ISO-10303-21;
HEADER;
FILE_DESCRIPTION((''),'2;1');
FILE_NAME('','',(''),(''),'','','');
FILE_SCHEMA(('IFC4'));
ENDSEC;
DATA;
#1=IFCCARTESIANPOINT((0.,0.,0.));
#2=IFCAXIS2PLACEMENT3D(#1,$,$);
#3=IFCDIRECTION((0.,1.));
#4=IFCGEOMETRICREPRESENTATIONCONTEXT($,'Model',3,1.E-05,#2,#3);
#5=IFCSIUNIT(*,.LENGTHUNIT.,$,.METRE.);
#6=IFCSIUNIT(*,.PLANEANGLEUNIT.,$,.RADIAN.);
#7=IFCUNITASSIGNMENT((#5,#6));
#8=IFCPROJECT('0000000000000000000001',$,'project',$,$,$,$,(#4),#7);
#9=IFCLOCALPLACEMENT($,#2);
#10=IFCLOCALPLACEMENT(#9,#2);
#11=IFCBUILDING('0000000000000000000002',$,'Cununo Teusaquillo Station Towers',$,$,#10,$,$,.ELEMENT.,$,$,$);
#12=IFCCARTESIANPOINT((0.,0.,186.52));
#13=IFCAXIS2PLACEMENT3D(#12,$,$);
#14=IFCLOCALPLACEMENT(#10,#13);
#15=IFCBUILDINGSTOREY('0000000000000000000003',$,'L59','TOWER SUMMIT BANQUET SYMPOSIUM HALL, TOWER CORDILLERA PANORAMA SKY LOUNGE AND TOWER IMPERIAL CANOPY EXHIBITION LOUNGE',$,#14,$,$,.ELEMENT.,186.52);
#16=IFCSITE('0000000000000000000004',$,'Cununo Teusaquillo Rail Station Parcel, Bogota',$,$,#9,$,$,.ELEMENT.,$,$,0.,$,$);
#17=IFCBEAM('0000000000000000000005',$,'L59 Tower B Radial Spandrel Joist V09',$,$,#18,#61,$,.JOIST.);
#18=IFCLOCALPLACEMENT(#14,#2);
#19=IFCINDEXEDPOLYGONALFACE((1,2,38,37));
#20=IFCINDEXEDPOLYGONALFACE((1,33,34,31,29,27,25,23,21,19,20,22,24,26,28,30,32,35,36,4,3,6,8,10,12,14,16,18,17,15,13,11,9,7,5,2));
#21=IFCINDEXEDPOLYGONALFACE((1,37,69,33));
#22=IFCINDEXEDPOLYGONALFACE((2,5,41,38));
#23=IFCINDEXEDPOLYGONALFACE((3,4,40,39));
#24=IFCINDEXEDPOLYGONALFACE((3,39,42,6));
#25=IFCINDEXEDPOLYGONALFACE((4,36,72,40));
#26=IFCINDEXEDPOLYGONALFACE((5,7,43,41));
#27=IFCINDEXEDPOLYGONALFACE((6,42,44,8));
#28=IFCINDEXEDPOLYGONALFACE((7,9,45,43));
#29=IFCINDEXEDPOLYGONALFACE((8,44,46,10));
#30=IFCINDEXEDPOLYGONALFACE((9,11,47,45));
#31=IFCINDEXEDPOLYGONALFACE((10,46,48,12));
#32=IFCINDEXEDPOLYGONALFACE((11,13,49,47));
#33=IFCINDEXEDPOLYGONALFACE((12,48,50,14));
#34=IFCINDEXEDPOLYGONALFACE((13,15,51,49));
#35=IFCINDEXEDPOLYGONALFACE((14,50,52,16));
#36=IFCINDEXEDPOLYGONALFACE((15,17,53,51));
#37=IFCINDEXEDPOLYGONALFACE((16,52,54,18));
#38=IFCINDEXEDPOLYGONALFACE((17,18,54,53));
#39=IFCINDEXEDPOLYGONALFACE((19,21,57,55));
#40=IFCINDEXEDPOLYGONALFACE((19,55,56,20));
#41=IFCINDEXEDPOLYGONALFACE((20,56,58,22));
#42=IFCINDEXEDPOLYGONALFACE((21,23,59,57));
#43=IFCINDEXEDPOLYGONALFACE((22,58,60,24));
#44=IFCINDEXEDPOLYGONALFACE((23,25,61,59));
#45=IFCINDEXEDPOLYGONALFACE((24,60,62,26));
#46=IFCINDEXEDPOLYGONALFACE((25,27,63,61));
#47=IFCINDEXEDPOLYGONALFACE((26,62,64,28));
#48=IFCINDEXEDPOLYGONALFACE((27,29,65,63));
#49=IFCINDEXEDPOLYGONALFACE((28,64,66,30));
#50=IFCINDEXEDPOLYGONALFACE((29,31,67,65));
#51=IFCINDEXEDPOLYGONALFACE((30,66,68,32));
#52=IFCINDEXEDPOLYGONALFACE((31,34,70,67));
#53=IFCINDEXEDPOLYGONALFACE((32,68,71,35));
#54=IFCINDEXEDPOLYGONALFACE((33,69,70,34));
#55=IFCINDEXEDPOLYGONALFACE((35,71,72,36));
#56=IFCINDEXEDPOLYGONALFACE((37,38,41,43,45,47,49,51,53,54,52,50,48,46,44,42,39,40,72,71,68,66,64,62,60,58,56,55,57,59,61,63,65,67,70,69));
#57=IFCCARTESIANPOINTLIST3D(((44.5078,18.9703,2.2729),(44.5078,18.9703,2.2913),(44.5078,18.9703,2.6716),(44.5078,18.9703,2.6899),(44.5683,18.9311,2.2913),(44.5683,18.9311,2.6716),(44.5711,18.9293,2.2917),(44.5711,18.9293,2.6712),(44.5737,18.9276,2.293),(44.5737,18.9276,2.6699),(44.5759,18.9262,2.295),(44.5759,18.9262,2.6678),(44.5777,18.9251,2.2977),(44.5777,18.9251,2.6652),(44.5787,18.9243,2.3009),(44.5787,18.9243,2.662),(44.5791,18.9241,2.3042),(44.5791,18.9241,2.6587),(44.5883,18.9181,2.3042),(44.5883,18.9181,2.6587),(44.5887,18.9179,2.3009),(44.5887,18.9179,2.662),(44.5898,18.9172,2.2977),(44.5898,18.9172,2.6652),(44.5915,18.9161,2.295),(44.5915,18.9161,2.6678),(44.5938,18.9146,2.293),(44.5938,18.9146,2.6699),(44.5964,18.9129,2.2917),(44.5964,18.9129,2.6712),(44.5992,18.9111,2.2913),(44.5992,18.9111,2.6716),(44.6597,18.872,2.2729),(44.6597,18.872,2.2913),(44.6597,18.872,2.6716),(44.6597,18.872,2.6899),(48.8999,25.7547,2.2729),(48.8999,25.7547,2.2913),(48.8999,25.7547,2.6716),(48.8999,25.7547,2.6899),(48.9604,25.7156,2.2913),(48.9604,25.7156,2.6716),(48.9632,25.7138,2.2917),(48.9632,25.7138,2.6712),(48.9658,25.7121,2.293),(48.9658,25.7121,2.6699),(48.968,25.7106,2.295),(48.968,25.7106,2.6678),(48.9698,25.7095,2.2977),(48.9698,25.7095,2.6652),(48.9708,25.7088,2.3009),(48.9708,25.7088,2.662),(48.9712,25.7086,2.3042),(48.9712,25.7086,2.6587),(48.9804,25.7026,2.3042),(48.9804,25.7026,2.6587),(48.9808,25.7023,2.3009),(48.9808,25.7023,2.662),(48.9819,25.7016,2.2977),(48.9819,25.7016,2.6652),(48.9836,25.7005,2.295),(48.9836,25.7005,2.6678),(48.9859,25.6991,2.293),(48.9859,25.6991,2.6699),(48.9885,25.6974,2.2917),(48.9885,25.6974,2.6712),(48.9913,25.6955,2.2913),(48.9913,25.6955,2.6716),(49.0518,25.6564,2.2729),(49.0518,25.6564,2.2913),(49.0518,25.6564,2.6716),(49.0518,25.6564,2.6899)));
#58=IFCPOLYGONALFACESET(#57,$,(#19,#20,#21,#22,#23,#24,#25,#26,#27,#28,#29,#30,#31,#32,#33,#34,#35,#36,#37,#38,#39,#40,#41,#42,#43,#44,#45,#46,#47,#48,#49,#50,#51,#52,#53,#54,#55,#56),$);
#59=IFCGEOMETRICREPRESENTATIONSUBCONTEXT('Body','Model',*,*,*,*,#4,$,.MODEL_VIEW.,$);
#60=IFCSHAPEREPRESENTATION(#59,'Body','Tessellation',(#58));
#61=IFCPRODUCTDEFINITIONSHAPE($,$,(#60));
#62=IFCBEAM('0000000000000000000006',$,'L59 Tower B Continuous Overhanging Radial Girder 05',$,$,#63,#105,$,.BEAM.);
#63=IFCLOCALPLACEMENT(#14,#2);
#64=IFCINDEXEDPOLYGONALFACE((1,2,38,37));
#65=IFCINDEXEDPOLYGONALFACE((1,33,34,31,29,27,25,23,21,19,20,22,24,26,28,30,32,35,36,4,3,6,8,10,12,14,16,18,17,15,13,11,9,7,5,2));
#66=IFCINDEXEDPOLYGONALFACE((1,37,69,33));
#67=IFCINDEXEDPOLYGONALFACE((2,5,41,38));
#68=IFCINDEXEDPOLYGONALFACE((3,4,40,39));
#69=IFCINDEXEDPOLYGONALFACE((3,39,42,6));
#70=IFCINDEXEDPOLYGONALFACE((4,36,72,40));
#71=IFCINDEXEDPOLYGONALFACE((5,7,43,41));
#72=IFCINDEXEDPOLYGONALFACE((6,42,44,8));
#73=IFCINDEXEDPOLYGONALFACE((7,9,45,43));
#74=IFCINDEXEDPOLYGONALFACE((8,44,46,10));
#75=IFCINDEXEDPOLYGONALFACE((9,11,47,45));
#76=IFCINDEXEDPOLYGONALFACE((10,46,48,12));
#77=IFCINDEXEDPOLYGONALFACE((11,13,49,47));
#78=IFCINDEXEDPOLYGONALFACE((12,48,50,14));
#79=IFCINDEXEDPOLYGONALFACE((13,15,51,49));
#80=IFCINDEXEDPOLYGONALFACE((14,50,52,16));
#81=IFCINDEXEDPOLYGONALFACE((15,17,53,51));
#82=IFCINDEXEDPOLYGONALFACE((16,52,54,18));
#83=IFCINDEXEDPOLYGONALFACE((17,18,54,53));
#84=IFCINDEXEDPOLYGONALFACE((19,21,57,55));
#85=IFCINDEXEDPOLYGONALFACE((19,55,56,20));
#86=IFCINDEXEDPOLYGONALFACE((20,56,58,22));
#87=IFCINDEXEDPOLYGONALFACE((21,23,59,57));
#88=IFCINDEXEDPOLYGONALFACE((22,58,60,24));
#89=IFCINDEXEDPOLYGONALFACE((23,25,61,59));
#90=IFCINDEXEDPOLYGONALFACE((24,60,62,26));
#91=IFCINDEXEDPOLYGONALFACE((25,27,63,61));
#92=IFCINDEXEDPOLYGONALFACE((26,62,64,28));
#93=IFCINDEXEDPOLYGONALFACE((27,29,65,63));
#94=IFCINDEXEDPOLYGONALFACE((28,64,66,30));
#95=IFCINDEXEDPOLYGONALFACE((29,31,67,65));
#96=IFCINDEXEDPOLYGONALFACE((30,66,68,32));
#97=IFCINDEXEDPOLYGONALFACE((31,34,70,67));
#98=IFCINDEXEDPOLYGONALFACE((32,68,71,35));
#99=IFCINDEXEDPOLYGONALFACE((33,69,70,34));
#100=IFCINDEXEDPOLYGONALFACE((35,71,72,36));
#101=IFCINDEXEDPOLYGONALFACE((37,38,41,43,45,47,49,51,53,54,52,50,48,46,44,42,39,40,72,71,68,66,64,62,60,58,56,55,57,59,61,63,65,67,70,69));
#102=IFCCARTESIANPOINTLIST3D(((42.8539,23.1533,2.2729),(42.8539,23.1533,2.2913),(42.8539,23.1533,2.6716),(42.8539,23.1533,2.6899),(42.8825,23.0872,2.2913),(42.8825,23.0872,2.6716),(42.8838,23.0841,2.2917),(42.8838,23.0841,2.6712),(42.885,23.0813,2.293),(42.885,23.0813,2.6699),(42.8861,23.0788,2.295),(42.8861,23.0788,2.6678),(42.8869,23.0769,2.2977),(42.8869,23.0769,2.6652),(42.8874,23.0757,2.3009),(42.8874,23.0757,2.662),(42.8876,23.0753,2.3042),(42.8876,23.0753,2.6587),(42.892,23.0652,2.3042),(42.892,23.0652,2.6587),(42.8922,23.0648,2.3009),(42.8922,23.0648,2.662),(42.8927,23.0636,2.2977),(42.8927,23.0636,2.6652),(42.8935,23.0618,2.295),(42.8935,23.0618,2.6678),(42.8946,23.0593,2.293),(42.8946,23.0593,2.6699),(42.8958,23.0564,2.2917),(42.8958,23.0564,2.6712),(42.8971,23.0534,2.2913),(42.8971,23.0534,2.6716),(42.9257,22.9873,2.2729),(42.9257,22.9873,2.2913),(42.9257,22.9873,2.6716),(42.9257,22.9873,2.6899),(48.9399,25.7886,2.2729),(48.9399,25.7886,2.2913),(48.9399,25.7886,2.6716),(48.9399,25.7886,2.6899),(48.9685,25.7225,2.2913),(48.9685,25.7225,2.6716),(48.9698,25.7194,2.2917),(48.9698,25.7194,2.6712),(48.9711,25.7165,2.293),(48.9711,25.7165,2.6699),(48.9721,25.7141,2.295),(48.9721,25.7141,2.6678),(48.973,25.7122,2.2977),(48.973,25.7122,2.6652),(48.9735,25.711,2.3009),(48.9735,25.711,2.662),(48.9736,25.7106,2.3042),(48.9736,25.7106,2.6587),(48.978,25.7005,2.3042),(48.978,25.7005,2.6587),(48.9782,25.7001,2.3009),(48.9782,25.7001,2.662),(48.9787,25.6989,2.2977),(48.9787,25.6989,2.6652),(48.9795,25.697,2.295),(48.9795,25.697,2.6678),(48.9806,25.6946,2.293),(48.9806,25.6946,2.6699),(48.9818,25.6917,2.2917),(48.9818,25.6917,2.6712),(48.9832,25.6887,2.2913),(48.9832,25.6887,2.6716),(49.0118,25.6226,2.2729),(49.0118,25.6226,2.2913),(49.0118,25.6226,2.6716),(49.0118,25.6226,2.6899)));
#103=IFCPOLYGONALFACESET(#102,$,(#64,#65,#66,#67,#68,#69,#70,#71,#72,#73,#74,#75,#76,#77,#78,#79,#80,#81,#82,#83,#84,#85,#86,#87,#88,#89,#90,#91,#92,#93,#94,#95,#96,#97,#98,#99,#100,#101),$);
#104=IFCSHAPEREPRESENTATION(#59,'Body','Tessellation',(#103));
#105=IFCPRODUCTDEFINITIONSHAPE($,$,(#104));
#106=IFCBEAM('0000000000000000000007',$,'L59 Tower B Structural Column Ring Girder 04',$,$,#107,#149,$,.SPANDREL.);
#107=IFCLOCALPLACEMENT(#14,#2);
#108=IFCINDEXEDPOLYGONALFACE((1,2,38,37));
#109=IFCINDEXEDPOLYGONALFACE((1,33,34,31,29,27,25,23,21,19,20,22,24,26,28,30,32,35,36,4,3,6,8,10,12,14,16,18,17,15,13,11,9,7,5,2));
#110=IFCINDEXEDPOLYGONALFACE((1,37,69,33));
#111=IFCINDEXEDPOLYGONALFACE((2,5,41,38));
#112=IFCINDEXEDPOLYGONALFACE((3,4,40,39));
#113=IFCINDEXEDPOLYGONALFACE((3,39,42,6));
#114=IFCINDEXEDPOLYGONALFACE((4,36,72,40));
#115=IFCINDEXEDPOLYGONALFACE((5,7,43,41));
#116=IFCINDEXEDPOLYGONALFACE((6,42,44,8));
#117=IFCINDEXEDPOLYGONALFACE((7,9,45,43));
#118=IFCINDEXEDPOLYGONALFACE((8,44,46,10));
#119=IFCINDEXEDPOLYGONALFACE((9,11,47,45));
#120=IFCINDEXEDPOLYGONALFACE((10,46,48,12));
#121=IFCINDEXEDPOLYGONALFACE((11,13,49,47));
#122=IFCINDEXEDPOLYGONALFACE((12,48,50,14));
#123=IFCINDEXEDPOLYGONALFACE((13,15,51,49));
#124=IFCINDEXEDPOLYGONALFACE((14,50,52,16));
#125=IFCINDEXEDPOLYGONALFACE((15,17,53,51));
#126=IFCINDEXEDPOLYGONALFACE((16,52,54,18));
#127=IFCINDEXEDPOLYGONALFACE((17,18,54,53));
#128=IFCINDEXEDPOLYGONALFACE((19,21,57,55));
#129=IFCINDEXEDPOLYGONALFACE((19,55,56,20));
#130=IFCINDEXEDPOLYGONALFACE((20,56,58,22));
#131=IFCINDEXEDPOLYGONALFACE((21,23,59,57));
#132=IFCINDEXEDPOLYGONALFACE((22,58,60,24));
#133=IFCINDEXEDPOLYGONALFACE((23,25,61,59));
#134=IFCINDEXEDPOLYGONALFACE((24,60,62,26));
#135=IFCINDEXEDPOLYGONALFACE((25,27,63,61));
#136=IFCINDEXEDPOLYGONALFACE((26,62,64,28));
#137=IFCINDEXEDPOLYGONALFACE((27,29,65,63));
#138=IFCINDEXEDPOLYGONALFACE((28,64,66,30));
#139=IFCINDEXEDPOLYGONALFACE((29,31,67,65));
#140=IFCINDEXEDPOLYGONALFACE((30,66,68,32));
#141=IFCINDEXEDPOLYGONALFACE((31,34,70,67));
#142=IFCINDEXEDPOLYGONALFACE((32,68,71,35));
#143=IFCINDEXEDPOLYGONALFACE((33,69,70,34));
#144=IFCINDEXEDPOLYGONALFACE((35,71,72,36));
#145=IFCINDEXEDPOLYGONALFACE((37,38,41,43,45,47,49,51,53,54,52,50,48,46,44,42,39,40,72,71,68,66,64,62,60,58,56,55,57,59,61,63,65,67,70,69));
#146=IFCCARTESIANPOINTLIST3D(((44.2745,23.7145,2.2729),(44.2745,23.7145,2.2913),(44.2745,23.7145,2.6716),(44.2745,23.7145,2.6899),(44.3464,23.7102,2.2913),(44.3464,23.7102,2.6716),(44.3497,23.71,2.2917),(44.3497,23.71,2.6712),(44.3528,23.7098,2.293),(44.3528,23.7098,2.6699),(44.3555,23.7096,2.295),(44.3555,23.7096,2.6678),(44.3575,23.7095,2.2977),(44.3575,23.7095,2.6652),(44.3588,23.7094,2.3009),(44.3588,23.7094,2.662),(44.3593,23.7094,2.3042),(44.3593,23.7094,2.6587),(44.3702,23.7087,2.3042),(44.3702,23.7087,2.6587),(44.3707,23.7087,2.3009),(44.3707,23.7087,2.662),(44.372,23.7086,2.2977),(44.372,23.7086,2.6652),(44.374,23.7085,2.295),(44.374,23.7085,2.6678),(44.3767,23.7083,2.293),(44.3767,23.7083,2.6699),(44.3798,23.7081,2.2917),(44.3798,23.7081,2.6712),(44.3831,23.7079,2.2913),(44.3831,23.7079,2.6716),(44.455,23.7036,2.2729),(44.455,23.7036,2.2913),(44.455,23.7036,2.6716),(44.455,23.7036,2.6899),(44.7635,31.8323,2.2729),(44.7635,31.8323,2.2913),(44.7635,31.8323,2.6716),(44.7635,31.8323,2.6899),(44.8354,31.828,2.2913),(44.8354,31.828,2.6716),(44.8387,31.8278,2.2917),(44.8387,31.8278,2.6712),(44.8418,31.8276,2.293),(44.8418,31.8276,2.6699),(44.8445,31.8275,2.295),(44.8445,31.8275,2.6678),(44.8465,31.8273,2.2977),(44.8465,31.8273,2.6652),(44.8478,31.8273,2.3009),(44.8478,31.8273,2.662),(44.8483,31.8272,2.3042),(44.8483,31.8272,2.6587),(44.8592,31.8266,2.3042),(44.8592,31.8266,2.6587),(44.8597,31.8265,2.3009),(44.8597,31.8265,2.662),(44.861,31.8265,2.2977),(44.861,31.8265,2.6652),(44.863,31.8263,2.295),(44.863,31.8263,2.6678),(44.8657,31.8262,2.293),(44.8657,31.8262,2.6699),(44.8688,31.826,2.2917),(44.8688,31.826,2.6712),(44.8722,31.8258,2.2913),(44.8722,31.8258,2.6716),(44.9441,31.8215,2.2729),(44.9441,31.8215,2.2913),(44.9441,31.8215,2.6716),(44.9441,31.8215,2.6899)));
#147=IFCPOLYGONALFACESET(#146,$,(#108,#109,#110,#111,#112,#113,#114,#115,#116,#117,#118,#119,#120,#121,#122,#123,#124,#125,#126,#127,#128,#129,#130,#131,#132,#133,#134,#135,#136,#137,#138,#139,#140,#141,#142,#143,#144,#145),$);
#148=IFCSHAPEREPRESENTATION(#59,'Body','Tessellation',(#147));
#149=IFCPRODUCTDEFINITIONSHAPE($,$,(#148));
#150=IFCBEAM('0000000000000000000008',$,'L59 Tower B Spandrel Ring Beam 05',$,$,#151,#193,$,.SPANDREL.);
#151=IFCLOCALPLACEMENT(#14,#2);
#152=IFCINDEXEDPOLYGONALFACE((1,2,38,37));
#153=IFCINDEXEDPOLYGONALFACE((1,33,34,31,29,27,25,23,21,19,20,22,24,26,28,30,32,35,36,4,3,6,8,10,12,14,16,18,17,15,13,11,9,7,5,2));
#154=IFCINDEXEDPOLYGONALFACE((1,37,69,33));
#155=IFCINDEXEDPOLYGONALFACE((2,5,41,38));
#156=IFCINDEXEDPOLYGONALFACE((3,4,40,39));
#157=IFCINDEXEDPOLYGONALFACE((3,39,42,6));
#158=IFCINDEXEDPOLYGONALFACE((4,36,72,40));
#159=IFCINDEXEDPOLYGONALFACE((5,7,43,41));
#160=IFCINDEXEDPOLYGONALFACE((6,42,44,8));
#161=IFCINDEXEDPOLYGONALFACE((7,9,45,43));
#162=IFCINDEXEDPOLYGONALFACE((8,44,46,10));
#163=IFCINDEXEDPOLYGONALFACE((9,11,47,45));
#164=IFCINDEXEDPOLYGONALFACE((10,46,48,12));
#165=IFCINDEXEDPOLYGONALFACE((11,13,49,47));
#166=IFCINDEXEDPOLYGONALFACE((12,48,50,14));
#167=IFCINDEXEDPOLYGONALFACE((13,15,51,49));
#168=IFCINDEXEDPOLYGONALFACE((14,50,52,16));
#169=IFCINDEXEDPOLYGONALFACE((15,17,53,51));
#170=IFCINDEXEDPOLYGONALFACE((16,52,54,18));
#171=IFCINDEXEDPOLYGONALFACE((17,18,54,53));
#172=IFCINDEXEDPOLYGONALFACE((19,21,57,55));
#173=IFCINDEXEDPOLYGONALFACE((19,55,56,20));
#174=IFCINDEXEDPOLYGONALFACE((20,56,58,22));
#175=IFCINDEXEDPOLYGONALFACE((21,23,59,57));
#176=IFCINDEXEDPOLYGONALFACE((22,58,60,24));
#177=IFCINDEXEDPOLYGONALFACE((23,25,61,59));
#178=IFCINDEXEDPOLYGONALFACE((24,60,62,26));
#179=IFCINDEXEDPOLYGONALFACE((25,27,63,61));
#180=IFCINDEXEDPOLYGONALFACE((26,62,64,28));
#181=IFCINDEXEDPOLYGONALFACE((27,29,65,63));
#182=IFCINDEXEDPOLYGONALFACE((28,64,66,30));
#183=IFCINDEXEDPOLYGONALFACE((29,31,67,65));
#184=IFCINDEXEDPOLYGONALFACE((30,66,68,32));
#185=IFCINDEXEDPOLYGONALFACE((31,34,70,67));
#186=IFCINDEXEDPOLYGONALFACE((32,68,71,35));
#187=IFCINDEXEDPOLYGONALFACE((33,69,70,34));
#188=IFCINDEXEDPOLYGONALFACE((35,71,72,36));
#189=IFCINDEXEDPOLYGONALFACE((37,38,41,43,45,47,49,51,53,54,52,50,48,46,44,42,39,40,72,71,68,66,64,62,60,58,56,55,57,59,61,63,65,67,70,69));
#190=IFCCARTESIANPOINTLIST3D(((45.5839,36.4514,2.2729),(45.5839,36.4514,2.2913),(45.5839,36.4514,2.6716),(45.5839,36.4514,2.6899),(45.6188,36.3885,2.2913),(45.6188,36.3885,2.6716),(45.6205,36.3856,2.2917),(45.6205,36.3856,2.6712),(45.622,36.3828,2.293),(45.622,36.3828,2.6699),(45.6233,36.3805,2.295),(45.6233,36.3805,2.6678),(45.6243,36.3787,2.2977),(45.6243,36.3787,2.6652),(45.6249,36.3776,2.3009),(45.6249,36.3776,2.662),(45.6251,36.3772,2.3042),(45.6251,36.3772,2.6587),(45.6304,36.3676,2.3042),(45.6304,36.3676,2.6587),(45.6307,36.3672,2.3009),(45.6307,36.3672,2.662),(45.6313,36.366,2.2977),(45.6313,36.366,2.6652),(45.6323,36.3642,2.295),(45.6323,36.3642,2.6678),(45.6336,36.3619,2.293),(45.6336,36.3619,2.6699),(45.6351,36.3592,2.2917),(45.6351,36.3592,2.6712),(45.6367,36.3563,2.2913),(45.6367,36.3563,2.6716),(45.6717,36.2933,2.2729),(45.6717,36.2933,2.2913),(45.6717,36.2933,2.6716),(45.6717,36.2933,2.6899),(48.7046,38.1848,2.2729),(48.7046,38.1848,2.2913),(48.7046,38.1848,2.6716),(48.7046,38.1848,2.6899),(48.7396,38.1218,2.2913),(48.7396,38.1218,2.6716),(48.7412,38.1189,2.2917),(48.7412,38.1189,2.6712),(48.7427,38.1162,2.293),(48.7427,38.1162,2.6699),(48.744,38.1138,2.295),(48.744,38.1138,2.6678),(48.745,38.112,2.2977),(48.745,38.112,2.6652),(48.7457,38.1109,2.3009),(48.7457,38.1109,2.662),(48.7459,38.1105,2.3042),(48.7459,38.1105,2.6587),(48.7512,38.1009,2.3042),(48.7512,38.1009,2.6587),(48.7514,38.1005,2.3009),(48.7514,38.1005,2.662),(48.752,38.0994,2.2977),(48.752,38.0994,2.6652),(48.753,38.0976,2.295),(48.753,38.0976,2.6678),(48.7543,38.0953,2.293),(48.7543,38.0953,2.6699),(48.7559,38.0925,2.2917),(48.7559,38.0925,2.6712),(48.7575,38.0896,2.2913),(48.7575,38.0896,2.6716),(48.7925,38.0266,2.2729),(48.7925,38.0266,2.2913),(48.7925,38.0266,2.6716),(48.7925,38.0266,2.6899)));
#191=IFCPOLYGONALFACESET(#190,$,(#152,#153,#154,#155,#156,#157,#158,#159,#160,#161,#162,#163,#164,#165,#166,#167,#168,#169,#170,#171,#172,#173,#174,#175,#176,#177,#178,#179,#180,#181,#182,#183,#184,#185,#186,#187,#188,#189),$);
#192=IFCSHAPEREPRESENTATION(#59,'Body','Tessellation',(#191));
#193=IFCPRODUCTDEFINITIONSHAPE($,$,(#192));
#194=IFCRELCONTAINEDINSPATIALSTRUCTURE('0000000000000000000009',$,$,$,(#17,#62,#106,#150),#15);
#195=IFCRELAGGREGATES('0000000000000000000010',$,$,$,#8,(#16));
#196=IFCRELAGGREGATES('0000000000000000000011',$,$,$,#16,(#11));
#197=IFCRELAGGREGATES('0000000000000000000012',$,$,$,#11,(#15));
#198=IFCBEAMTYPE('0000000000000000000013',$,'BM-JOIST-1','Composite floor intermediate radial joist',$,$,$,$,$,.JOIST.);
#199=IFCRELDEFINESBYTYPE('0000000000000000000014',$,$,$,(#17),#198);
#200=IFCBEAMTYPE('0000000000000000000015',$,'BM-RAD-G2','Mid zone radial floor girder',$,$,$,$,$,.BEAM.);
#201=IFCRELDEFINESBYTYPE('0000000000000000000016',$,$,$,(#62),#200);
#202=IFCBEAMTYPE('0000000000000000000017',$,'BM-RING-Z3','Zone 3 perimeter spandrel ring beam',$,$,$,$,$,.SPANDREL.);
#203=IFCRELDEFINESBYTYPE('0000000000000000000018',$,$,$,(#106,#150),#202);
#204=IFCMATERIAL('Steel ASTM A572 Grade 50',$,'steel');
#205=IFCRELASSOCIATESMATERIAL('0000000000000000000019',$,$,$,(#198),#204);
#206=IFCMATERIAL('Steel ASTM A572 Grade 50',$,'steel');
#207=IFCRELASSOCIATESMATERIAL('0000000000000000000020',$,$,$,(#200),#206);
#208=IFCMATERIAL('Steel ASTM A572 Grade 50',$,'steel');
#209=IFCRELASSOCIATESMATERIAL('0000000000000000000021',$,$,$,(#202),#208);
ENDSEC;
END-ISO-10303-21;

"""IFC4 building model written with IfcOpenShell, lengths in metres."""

from ifc_helpers import new_model, si_unit, direction, frame, origin, origin_2d, place, context, subcontext, project, spatial, i_section, extrude, material, material_profile, profile_set, type_object, element, save


model = new_model("IFC4")

# Units and contexts
model_context = context("Model", 3, precision=1e-05, world=origin(), true_north=direction((0.0, 1.0)))
body_context = subcontext(model_context, "Body", "Model", "MODEL_VIEW")
ifc_project = project(units=[si_unit("LENGTHUNIT", "METRE"), si_unit("PLANEANGLEUNIT", "RADIAN")], contexts=[model_context])

# Site, building, storey
site_placement = place(None, origin())
site = spatial("IfcSite", under=ifc_project, at=site_placement, Name="Cununo Teusaquillo Rail Station Parcel, Bogota", CompositionType="ELEMENT", RefElevation=0.0)
building_placement = place(site_placement, origin())
building = spatial("IfcBuilding", under=site, at=building_placement, Name="Cununo Teusaquillo Station Towers", CompositionType="ELEMENT")
storey_placement = place(building_placement, frame((0.0, 0.0, 186.52)))
storey = spatial("IfcBuildingStorey", under=building, at=storey_placement, Name="L59", Description="TOWER SUMMIT BANQUET SYMPOSIUM HALL, TOWER CORDILLERA PANORAMA SKY LOUNGE AND TOWER IMPERIAL CANOPY EXHIBITION LOUNGE", CompositionType="ELEMENT", Elevation=186.52)

# Beams
ifc_material_1 = material(Name="Steel ASTM A572 Grade 50", Category="steel")
ifc_material_profile_1 = material_profile(ifc_material_1, i_section(OverallWidth=0.1809, OverallDepth=0.417, WebThickness=0.011, FlangeThickness=0.0183, FilletRadius=0.0129, at=origin_2d()), Name="W16X57")
ifc_profile_set_1 = profile_set([ifc_material_profile_1], Name="Steel ASTM A572 Grade 50")
beam_type_1 = type_object("IfcBeamType", Name="BM-JOIST-1", Description="Composite floor intermediate radial joist", PredefinedType="JOIST", material=ifc_profile_set_1)
beam_1_placement = place(storey_placement, frame((48.9758, 25.7056, 2.4814), z_axis=(-0.54344, -0.839448, 0.0), x_axis=(0.839448, -0.54344, 0.0)))
element("IfcBeam", 1, at=beam_1_placement, inside=storey, type_object=beam_type_1, Name="L59 Tower B Radial Spandrel Joist V09", PredefinedType="JOIST", context=body_context, shape_type="SweptSolid", body=[
    extrude(i_section(OverallWidth=0.1809, OverallDepth=0.417, WebThickness=0.011, FlangeThickness=0.0183, FilletRadius=0.0129, at=origin_2d()), origin(), (0.0, 0.0, 1.0), 8.082),
])
ifc_material_2 = material(Name="Steel ASTM A572 Grade 50", Category="steel")
ifc_material_profile_2 = material_profile(ifc_material_2, i_section(OverallWidth=0.1809, OverallDepth=0.417, WebThickness=0.011, FlangeThickness=0.0183, FilletRadius=0.0129, at=origin_2d()), Name="W16X57")
ifc_profile_set_2 = profile_set([ifc_material_profile_2], Name="Steel ASTM A572 Grade 50")
beam_type_2 = type_object("IfcBeamType", Name="BM-RAD-G2", Description="Mid zone radial floor girder", PredefinedType="BEAM", material=ifc_profile_set_2)
beam_2_placement = place(storey_placement, frame((48.9758, 25.7056, 2.4814), z_axis=(-0.917665, -0.397355, 0.0), x_axis=(0.397355, -0.917665, 0.0)))
element("IfcBeam", 2, at=beam_2_placement, inside=storey, type_object=beam_type_2, Name="L59 Tower B Continuous Overhanging Radial Girder 05", PredefinedType="BEAM", context=body_context, shape_type="SweptSolid", body=[
    extrude(i_section(OverallWidth=0.1809, OverallDepth=0.417, WebThickness=0.011, FlangeThickness=0.0183, FilletRadius=0.0129, at=origin_2d()), origin(), (0.0, 0.0, 1.0), 6.6321),
])
ifc_material_3 = material(Name="Steel ASTM A572 Grade 50", Category="steel")
ifc_material_profile_3 = material_profile(ifc_material_3, i_section(OverallWidth=0.1809, OverallDepth=0.417, WebThickness=0.011, FlangeThickness=0.0183, FilletRadius=0.0129, at=origin_2d()), Name="W16X57")
ifc_profile_set_3 = profile_set([ifc_material_profile_3], Name="Steel ASTM A572 Grade 50")
beam_type_3 = type_object("IfcBeamType", Name="BM-RING-Z3", Description="Zone 3 perimeter spandrel ring beam", PredefinedType="SPANDREL", material=ifc_profile_set_3)
beam_3_placement = place(storey_placement, frame((44.8538, 31.8269, 2.4814), z_axis=(-0.06013, -0.998191, 0.0), x_axis=(0.998191, -0.06013, 0.0)))
element("IfcBeam", 3, at=beam_3_placement, inside=storey, type_object=beam_type_3, Name="L59 Tower B Structural Column Ring Girder 04", PredefinedType="SPANDREL", context=body_context, shape_type="SweptSolid", body=[
    extrude(i_section(OverallWidth=0.1809, OverallDepth=0.417, WebThickness=0.011, FlangeThickness=0.0183, FilletRadius=0.0129, at=origin_2d()), origin(), (0.0, 0.0, 1.0), 8.1326),
])
for number, where, z_axis, x_axis, name in (
    (4, (48.7485, 38.1057, 2.4814), (-0.874206, -0.485556, 0.0), (0.485556, -0.874206, 0.0), "L59 Tower B Spandrel Ring Beam 05"),
):
    element("IfcBeam", number, at=place(storey_placement, frame(where, z_axis=z_axis, x_axis=x_axis)), inside=storey, type_object=beam_type_3, Name=name, PredefinedType="SPANDREL", context=body_context, shape_type="SweptSolid", body=[
        extrude(i_section(OverallWidth=0.1809, OverallDepth=0.417, WebThickness=0.011, FlangeThickness=0.0183, FilletRadius=0.0129, at=origin_2d()), origin(), (0.0, 0.0, 1.0), 3.5698),
    ])

save(model, "model.ifc")
